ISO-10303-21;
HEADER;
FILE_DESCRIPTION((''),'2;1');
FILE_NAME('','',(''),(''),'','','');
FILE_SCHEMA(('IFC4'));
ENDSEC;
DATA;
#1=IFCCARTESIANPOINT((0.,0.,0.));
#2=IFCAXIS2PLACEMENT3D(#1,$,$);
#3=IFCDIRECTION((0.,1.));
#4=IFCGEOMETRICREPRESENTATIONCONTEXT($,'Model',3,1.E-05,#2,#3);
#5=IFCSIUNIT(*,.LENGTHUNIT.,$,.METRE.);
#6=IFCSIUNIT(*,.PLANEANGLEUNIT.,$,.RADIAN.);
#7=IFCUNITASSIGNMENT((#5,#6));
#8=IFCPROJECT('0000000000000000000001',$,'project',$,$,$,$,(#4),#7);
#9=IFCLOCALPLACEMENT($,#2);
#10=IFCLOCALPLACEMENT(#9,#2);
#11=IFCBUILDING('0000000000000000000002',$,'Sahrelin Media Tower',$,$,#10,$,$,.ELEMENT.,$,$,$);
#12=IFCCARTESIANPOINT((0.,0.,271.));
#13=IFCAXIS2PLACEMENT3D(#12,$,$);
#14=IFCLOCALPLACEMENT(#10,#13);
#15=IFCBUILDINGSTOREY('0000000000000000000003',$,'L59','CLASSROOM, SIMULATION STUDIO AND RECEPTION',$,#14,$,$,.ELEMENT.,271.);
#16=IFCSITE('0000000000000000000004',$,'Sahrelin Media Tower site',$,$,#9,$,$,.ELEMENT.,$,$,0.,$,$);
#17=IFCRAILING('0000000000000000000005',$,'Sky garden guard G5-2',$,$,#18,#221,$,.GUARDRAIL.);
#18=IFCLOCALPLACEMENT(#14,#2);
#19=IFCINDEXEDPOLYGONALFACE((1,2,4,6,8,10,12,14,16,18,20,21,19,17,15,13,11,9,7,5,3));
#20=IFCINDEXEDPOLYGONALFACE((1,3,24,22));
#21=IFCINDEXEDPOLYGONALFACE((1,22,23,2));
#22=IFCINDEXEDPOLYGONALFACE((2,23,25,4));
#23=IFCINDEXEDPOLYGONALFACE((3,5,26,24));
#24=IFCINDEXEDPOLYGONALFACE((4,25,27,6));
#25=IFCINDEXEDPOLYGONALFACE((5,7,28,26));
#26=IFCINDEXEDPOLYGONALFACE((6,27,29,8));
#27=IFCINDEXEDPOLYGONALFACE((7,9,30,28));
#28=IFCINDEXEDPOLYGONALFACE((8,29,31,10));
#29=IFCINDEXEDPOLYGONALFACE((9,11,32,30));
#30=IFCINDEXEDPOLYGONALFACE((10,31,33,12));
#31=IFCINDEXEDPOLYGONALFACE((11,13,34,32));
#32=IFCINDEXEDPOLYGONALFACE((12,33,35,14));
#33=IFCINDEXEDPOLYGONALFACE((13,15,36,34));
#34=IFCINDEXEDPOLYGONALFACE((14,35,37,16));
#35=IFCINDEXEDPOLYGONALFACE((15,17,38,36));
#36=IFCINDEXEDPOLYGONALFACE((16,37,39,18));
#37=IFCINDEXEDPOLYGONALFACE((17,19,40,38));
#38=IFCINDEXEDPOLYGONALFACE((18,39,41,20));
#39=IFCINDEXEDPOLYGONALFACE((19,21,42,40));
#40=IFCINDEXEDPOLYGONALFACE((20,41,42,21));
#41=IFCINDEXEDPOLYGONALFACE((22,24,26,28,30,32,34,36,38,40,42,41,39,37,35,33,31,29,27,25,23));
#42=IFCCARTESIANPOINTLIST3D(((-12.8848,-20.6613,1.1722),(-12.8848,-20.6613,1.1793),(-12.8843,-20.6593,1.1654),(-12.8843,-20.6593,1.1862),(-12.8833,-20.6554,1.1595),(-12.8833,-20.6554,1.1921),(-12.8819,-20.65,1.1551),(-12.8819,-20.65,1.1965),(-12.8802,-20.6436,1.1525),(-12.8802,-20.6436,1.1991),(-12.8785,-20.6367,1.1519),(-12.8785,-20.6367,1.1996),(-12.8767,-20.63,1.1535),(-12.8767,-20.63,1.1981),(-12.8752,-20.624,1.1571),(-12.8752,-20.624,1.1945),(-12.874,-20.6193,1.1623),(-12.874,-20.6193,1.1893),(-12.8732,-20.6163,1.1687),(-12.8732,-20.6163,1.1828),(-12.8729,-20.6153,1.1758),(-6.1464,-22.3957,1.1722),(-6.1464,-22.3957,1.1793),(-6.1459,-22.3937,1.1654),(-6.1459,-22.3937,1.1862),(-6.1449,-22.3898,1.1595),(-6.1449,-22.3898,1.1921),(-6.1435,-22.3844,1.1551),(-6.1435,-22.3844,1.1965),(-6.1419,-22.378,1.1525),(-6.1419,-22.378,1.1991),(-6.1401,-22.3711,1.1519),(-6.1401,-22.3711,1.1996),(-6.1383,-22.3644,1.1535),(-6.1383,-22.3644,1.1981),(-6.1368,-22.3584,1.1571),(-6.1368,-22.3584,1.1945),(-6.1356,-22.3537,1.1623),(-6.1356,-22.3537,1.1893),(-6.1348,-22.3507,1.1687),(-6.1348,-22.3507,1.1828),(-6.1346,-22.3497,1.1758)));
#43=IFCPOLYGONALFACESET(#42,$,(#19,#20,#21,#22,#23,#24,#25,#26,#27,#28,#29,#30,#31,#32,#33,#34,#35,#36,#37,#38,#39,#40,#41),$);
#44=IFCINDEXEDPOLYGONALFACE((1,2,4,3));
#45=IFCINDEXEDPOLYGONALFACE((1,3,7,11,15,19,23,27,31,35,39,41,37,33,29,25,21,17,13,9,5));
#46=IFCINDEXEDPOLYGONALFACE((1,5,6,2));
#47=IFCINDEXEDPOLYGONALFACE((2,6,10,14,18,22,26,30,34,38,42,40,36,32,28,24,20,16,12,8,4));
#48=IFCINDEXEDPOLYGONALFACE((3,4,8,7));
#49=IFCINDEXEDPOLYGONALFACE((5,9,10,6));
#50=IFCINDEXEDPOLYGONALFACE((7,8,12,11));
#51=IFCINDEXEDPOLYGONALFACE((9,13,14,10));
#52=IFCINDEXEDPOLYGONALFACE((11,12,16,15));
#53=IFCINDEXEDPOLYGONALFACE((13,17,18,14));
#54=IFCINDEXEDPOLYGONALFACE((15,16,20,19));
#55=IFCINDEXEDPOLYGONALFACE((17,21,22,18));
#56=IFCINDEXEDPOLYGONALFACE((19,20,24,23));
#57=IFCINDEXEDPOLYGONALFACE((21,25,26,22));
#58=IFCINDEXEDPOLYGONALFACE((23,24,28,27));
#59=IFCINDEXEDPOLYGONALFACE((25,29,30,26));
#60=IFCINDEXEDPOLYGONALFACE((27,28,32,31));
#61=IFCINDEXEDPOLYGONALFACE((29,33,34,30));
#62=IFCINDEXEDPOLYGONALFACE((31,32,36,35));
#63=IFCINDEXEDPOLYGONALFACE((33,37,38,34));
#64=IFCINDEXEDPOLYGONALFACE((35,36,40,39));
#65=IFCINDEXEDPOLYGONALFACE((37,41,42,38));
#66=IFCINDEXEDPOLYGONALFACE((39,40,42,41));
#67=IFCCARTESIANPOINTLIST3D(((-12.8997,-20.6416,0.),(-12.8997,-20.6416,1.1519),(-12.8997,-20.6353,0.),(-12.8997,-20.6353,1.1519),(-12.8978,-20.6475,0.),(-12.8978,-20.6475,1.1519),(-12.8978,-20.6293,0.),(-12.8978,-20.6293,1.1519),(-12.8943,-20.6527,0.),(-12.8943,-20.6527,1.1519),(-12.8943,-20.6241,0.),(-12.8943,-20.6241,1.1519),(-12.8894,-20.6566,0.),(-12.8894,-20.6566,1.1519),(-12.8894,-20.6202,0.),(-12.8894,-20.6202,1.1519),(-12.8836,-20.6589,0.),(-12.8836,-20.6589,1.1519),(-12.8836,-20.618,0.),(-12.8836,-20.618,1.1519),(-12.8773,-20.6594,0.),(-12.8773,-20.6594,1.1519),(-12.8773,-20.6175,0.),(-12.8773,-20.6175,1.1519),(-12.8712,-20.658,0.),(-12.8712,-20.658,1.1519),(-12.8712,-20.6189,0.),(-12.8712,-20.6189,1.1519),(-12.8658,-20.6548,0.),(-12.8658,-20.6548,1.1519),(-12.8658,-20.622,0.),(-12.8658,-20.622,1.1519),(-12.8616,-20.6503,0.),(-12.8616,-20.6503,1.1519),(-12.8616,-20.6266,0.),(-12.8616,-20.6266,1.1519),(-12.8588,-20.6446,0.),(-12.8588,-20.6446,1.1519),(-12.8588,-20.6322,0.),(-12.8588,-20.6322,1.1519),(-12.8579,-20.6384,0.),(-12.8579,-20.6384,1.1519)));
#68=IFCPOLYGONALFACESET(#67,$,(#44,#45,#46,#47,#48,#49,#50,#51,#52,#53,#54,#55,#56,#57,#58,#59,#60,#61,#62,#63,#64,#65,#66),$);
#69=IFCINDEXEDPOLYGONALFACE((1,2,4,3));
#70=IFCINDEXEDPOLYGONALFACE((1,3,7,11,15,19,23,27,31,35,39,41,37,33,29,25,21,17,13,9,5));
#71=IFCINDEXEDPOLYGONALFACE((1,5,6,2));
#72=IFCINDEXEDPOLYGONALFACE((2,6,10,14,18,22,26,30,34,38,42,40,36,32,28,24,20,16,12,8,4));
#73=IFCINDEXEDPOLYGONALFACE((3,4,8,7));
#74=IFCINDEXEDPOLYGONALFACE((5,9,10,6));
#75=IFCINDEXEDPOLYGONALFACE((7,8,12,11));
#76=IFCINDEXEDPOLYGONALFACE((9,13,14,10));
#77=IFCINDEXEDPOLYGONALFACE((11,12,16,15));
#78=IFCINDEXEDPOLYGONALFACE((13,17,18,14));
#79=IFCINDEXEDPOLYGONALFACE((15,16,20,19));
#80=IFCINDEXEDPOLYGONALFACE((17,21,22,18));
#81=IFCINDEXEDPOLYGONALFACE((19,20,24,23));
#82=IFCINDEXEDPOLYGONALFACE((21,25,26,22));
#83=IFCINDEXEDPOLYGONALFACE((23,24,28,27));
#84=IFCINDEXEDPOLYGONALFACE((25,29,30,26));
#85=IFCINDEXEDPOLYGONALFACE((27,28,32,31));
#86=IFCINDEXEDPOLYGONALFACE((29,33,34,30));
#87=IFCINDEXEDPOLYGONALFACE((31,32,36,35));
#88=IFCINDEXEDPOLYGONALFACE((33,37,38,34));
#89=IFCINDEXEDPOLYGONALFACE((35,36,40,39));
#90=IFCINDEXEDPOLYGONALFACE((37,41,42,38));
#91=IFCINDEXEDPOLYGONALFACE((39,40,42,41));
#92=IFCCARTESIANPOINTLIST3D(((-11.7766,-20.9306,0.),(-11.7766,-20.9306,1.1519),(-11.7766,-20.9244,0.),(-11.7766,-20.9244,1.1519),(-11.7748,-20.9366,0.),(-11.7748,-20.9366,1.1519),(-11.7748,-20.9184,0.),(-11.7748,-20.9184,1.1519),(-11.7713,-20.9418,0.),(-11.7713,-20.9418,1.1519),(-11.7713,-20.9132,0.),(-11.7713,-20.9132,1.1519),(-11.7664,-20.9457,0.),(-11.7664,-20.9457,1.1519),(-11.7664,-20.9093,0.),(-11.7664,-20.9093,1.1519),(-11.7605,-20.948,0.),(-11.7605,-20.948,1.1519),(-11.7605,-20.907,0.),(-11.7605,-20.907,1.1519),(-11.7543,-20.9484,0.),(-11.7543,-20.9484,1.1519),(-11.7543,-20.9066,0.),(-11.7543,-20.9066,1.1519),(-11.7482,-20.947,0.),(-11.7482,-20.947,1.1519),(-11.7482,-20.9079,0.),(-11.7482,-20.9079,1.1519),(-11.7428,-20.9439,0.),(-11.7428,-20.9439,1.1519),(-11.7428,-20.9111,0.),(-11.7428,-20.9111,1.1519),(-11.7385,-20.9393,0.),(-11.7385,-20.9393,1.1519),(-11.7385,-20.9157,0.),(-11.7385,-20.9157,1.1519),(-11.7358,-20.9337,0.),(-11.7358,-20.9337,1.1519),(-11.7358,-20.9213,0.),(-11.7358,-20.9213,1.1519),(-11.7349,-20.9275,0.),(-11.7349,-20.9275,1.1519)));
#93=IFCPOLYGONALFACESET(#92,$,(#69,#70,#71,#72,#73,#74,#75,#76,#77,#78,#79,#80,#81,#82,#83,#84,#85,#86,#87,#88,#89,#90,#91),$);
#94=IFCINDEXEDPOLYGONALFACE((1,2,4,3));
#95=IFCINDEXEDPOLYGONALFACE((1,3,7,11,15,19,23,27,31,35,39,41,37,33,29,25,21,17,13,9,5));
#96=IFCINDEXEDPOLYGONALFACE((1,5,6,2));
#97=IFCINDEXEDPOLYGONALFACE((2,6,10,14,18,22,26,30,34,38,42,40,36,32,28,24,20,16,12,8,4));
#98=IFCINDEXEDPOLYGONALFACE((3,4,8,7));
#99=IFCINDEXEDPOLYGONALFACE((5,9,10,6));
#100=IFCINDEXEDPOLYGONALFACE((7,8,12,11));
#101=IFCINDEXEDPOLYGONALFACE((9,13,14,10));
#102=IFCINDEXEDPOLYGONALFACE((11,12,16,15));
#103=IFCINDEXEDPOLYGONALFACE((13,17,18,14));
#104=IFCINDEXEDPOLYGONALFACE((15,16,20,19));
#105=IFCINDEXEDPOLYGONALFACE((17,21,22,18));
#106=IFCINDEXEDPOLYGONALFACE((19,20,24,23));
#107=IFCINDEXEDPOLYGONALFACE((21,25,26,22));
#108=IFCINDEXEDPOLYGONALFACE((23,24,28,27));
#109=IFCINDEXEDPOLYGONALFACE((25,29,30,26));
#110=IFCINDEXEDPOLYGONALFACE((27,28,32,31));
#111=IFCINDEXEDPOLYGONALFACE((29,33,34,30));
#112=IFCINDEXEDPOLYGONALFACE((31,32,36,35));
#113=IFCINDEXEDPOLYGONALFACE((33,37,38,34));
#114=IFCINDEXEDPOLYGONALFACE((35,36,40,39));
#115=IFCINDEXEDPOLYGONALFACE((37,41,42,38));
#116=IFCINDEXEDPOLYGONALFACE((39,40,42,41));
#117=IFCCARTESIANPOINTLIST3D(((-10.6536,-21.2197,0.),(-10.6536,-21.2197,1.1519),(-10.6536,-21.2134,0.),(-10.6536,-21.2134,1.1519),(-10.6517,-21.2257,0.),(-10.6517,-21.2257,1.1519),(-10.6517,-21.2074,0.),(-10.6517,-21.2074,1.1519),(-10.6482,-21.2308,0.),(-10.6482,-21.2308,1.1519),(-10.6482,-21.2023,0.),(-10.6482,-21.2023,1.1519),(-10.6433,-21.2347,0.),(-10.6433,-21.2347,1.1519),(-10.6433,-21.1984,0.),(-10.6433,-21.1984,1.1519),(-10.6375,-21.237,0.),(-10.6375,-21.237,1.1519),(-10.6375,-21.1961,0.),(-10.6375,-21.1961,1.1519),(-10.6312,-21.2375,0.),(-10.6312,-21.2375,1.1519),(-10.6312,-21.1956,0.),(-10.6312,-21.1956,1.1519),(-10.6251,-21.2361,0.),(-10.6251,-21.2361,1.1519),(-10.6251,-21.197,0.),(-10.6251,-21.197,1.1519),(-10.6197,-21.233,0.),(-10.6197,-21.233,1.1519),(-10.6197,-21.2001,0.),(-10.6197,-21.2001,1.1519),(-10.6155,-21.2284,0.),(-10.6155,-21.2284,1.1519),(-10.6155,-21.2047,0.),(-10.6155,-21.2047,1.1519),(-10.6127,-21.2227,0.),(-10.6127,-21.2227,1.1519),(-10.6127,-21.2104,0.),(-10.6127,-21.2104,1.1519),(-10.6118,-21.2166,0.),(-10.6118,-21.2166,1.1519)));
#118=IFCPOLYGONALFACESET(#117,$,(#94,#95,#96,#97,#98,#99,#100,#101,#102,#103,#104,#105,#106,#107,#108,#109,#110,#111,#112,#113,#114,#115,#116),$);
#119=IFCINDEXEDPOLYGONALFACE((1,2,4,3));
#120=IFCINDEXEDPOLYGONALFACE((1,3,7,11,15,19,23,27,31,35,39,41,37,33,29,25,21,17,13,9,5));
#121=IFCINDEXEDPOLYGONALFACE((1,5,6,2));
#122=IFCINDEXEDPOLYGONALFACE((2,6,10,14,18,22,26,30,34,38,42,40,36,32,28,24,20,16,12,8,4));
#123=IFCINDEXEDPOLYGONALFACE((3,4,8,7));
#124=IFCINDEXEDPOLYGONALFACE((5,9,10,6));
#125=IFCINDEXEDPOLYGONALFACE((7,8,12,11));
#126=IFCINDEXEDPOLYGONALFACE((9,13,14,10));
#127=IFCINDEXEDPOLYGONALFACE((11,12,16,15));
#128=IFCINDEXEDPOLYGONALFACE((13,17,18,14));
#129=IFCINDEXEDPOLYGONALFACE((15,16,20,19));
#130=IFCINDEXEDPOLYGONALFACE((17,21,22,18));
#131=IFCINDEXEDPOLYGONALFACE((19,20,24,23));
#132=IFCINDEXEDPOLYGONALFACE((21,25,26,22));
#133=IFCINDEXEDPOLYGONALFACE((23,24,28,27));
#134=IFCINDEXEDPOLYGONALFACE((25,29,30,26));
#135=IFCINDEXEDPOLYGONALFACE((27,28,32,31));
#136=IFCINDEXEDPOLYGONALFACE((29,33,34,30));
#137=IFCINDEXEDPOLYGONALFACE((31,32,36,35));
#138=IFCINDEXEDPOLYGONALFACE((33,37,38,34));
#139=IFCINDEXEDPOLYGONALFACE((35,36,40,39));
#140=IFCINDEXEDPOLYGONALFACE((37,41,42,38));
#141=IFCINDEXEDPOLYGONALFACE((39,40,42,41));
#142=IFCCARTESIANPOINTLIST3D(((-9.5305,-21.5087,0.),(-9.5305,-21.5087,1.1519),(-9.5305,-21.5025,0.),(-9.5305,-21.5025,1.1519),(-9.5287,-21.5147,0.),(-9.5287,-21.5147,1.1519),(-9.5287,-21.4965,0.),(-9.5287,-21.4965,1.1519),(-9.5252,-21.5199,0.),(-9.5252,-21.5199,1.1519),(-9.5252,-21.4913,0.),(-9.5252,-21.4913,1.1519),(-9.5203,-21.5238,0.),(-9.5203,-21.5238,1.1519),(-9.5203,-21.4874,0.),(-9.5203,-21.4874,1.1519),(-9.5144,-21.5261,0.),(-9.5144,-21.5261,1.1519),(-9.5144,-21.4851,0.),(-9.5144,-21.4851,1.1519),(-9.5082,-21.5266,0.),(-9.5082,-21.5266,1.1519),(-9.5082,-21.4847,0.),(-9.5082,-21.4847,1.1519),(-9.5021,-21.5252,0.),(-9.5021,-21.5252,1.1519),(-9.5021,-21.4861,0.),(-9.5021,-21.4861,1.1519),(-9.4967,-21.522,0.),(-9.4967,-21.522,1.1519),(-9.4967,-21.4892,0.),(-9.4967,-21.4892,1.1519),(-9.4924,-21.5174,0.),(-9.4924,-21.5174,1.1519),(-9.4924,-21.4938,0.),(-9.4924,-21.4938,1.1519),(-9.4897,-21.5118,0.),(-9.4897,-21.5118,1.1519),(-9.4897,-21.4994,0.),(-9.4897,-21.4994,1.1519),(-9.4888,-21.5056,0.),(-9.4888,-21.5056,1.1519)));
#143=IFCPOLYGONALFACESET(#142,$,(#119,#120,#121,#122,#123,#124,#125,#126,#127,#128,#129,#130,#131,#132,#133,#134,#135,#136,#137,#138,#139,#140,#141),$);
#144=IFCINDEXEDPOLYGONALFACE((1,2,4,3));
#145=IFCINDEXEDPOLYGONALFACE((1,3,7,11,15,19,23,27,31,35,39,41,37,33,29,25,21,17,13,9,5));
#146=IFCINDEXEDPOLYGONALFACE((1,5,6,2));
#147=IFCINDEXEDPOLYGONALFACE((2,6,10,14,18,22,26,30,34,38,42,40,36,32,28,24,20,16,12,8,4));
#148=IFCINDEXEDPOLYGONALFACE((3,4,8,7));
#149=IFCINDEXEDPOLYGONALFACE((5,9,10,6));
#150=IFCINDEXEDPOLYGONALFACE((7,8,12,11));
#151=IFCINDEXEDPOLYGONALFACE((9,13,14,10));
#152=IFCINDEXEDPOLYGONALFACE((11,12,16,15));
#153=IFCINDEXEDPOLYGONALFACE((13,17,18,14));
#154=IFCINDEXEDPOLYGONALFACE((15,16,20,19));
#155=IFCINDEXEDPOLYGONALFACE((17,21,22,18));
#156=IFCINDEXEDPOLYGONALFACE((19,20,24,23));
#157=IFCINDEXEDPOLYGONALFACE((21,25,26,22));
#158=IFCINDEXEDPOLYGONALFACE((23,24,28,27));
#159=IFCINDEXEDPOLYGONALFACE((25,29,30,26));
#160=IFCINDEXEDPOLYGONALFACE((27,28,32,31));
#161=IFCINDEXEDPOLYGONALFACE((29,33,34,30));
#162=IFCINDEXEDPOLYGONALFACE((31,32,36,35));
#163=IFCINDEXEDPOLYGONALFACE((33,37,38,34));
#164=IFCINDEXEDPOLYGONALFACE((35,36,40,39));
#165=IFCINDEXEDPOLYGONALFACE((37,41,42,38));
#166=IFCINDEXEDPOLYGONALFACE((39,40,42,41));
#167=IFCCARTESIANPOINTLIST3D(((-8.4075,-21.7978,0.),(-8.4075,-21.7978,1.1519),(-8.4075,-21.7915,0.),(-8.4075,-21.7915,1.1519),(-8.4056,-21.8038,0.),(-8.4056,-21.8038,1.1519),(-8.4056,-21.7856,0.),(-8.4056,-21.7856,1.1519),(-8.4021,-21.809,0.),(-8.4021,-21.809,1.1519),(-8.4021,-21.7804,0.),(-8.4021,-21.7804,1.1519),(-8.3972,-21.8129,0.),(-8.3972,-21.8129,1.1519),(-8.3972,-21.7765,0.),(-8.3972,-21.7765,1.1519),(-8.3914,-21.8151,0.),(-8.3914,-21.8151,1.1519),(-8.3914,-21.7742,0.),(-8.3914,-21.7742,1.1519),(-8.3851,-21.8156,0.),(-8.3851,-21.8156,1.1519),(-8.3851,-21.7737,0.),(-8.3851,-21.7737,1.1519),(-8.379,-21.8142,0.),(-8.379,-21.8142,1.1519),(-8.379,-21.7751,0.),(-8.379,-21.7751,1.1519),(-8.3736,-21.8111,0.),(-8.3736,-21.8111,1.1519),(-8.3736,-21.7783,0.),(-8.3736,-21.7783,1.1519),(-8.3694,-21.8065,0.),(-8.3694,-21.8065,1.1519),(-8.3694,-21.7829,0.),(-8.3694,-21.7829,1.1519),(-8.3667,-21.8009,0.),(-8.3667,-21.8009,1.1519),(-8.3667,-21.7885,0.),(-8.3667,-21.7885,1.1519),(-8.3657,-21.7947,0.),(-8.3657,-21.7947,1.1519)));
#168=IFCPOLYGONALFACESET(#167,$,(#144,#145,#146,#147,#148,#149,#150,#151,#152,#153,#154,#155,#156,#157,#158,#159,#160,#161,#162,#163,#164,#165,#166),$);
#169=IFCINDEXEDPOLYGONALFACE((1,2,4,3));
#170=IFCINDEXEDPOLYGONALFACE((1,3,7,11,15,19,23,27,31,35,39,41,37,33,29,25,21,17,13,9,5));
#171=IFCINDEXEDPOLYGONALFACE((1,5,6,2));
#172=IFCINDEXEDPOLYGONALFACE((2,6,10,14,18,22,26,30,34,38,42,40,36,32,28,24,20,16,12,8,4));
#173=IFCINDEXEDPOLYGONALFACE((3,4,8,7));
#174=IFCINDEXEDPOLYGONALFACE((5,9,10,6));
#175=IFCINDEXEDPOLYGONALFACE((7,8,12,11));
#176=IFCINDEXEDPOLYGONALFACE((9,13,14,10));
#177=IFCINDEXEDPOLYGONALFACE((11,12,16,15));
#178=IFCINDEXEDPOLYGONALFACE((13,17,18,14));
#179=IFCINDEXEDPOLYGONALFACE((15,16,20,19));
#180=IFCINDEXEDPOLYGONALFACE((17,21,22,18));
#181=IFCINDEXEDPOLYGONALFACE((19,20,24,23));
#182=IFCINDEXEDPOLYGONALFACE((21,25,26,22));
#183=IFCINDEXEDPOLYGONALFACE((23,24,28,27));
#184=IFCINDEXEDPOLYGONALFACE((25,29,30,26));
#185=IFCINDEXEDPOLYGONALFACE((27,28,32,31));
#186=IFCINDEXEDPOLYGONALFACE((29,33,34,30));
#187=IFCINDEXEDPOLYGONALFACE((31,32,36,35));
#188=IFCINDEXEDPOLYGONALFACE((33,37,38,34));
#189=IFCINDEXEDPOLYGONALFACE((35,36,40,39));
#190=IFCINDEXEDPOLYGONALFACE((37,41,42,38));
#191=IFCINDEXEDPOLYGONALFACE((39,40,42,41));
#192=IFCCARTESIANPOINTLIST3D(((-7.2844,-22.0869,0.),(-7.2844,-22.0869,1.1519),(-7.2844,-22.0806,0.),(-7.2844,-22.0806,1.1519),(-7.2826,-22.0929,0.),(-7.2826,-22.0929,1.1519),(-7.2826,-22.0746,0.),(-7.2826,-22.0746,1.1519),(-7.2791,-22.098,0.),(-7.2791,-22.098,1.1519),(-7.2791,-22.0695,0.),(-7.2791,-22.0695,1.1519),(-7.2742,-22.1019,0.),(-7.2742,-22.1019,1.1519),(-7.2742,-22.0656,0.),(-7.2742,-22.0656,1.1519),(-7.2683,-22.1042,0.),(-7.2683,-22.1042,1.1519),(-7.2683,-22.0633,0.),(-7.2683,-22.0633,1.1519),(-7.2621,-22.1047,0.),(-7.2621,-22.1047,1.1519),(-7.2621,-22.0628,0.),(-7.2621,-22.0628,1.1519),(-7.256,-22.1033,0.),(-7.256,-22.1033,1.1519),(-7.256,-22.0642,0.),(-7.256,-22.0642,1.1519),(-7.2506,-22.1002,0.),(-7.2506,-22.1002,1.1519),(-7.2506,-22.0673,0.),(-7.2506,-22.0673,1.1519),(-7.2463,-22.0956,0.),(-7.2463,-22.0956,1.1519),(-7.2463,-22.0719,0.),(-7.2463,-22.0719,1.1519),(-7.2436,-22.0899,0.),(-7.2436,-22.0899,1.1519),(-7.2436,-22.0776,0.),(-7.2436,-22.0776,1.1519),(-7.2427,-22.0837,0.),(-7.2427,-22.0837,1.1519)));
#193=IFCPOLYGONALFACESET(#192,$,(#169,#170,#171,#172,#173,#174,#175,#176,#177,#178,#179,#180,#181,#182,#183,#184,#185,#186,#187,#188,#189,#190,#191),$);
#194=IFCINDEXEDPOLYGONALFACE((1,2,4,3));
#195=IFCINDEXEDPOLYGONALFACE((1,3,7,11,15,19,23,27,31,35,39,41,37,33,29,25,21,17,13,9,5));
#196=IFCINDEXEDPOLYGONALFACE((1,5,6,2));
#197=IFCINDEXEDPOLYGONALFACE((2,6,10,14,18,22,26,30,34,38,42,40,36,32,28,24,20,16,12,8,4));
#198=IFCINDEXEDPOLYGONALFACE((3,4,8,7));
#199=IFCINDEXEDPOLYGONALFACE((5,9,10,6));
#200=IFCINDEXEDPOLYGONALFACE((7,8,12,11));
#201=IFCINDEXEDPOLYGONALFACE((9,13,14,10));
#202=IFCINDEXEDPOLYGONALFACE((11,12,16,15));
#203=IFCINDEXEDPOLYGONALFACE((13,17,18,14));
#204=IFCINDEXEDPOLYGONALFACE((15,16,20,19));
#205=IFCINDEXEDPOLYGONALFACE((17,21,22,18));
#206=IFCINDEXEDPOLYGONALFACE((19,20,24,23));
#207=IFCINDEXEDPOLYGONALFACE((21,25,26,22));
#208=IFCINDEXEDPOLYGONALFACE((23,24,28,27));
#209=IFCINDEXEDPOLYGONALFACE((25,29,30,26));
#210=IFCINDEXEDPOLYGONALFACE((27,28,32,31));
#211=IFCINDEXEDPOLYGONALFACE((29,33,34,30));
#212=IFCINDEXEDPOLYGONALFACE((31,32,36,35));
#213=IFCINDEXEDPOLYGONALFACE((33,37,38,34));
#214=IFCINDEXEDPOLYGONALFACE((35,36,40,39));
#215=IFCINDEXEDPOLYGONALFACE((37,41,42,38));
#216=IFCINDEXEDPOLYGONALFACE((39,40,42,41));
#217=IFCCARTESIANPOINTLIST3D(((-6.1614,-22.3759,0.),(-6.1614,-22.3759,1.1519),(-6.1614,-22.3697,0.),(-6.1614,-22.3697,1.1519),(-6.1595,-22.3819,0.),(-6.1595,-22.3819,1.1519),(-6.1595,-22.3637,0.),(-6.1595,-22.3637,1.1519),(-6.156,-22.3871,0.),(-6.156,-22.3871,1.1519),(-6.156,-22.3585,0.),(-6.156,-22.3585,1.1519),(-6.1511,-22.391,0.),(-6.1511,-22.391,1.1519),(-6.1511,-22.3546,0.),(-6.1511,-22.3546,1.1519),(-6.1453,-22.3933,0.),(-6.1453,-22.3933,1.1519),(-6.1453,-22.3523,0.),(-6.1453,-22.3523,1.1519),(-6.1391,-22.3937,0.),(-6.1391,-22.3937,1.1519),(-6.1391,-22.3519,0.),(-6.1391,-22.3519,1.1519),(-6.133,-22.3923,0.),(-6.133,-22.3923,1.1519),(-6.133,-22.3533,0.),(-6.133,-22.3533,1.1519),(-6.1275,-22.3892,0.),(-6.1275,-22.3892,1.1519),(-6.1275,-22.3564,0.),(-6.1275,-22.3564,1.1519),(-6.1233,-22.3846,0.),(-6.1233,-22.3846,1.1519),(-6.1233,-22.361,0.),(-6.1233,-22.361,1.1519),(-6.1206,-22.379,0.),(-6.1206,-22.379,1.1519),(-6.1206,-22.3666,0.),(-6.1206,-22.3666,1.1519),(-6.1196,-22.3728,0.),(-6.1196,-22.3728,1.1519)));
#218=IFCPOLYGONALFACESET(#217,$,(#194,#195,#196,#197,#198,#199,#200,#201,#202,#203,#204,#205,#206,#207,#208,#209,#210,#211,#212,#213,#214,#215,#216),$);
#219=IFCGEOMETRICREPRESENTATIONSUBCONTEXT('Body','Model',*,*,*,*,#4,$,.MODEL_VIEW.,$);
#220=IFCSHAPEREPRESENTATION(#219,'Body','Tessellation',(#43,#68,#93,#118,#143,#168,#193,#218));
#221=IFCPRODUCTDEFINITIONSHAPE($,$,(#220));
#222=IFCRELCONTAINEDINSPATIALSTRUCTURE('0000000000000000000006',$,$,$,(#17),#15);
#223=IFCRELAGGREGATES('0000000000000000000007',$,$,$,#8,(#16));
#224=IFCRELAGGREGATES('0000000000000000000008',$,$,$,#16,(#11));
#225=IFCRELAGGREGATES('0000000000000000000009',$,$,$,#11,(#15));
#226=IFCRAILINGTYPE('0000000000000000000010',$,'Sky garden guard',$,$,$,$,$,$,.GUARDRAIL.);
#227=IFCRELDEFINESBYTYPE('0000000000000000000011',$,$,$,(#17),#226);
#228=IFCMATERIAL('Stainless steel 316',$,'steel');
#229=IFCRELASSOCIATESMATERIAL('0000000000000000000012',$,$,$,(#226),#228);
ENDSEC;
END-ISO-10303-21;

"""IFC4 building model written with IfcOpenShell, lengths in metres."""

from ifc_helpers import new_model, si_unit, direction, frame, origin, origin_2d, place, context, subcontext, project, spatial, circle, extrude, material, type_object, element, save


model = new_model("IFC4")

# Units and contexts
model_context = context("Model", 3, precision=1e-05, world=origin(), true_north=direction((0.0, 1.0)))
body_context = subcontext(model_context, "Body", "Model", "MODEL_VIEW")
ifc_project = project(units=[si_unit("LENGTHUNIT", "METRE"), si_unit("PLANEANGLEUNIT", "RADIAN")], contexts=[model_context])

# Site, building, storey
site_placement = place(None, origin())
site = spatial("IfcSite", under=ifc_project, at=site_placement, Name="Sahrelin Media Tower site", CompositionType="ELEMENT", RefElevation=0.0)
building_placement = place(site_placement, origin())
building = spatial("IfcBuilding", under=site, at=building_placement, Name="Sahrelin Media Tower", CompositionType="ELEMENT")
storey_placement = place(building_placement, frame((0.0, 0.0, 271.0)))
storey = spatial("IfcBuildingStorey", under=building, at=storey_placement, Name="L59", Description="CLASSROOM, SIMULATION STUDIO AND RECEPTION", CompositionType="ELEMENT", Elevation=271.0)

# Railing
ifc_material_1 = material(Name="Stainless steel 316", Category="steel")
railing_type = type_object("IfcRailingType", Name="Sky garden guard", PredefinedType="GUARDRAIL", material=ifc_material_1)
railing_1_placement = place(storey_placement, frame((-12.8789, -20.6384, 0.0)))
element("IfcRailing", 1, at=railing_1_placement, inside=storey, type_object=railing_type, Name="Sky garden guard G5-2", PredefinedType="GUARDRAIL", context=body_context, shape_type="SweptSolid", body=[
    extrude(circle(Radius=0.0239, at=origin_2d()), frame((0.0, 0.0, 1.1758), z_axis=(0.968435, -0.249267, 0.0), x_axis=(0.249267, 0.968435, 0.0)), (0.0, 0.0, 1.0), 6.958),
    extrude(circle(Radius=0.021, at=origin_2d()), origin(), (0.0, 0.0, 1.0), 1.1519),
    extrude(circle(Radius=0.021, at=origin_2d()), frame((1.123, -0.2891, 0.0)), (0.0, 0.0, 1.0), 1.1519),
    extrude(circle(Radius=0.021, at=origin_2d()), frame((2.2461, -0.5781, 0.0)), (0.0, 0.0, 1.0), 1.1519),
    extrude(circle(Radius=0.021, at=origin_2d()), frame((3.3691, -0.8672, 0.0)), (0.0, 0.0, 1.0), 1.1519),
    extrude(circle(Radius=0.021, at=origin_2d()), frame((4.4922, -1.1562, 0.0)), (0.0, 0.0, 1.0), 1.1519),
    extrude(circle(Radius=0.021, at=origin_2d()), frame((5.6152, -1.4453, 0.0)), (0.0, 0.0, 1.0), 1.1519),
    extrude(circle(Radius=0.021, at=origin_2d()), frame((6.7383, -1.7344, 0.0)), (0.0, 0.0, 1.0), 1.1519),
])

save(model, "model.ifc")
